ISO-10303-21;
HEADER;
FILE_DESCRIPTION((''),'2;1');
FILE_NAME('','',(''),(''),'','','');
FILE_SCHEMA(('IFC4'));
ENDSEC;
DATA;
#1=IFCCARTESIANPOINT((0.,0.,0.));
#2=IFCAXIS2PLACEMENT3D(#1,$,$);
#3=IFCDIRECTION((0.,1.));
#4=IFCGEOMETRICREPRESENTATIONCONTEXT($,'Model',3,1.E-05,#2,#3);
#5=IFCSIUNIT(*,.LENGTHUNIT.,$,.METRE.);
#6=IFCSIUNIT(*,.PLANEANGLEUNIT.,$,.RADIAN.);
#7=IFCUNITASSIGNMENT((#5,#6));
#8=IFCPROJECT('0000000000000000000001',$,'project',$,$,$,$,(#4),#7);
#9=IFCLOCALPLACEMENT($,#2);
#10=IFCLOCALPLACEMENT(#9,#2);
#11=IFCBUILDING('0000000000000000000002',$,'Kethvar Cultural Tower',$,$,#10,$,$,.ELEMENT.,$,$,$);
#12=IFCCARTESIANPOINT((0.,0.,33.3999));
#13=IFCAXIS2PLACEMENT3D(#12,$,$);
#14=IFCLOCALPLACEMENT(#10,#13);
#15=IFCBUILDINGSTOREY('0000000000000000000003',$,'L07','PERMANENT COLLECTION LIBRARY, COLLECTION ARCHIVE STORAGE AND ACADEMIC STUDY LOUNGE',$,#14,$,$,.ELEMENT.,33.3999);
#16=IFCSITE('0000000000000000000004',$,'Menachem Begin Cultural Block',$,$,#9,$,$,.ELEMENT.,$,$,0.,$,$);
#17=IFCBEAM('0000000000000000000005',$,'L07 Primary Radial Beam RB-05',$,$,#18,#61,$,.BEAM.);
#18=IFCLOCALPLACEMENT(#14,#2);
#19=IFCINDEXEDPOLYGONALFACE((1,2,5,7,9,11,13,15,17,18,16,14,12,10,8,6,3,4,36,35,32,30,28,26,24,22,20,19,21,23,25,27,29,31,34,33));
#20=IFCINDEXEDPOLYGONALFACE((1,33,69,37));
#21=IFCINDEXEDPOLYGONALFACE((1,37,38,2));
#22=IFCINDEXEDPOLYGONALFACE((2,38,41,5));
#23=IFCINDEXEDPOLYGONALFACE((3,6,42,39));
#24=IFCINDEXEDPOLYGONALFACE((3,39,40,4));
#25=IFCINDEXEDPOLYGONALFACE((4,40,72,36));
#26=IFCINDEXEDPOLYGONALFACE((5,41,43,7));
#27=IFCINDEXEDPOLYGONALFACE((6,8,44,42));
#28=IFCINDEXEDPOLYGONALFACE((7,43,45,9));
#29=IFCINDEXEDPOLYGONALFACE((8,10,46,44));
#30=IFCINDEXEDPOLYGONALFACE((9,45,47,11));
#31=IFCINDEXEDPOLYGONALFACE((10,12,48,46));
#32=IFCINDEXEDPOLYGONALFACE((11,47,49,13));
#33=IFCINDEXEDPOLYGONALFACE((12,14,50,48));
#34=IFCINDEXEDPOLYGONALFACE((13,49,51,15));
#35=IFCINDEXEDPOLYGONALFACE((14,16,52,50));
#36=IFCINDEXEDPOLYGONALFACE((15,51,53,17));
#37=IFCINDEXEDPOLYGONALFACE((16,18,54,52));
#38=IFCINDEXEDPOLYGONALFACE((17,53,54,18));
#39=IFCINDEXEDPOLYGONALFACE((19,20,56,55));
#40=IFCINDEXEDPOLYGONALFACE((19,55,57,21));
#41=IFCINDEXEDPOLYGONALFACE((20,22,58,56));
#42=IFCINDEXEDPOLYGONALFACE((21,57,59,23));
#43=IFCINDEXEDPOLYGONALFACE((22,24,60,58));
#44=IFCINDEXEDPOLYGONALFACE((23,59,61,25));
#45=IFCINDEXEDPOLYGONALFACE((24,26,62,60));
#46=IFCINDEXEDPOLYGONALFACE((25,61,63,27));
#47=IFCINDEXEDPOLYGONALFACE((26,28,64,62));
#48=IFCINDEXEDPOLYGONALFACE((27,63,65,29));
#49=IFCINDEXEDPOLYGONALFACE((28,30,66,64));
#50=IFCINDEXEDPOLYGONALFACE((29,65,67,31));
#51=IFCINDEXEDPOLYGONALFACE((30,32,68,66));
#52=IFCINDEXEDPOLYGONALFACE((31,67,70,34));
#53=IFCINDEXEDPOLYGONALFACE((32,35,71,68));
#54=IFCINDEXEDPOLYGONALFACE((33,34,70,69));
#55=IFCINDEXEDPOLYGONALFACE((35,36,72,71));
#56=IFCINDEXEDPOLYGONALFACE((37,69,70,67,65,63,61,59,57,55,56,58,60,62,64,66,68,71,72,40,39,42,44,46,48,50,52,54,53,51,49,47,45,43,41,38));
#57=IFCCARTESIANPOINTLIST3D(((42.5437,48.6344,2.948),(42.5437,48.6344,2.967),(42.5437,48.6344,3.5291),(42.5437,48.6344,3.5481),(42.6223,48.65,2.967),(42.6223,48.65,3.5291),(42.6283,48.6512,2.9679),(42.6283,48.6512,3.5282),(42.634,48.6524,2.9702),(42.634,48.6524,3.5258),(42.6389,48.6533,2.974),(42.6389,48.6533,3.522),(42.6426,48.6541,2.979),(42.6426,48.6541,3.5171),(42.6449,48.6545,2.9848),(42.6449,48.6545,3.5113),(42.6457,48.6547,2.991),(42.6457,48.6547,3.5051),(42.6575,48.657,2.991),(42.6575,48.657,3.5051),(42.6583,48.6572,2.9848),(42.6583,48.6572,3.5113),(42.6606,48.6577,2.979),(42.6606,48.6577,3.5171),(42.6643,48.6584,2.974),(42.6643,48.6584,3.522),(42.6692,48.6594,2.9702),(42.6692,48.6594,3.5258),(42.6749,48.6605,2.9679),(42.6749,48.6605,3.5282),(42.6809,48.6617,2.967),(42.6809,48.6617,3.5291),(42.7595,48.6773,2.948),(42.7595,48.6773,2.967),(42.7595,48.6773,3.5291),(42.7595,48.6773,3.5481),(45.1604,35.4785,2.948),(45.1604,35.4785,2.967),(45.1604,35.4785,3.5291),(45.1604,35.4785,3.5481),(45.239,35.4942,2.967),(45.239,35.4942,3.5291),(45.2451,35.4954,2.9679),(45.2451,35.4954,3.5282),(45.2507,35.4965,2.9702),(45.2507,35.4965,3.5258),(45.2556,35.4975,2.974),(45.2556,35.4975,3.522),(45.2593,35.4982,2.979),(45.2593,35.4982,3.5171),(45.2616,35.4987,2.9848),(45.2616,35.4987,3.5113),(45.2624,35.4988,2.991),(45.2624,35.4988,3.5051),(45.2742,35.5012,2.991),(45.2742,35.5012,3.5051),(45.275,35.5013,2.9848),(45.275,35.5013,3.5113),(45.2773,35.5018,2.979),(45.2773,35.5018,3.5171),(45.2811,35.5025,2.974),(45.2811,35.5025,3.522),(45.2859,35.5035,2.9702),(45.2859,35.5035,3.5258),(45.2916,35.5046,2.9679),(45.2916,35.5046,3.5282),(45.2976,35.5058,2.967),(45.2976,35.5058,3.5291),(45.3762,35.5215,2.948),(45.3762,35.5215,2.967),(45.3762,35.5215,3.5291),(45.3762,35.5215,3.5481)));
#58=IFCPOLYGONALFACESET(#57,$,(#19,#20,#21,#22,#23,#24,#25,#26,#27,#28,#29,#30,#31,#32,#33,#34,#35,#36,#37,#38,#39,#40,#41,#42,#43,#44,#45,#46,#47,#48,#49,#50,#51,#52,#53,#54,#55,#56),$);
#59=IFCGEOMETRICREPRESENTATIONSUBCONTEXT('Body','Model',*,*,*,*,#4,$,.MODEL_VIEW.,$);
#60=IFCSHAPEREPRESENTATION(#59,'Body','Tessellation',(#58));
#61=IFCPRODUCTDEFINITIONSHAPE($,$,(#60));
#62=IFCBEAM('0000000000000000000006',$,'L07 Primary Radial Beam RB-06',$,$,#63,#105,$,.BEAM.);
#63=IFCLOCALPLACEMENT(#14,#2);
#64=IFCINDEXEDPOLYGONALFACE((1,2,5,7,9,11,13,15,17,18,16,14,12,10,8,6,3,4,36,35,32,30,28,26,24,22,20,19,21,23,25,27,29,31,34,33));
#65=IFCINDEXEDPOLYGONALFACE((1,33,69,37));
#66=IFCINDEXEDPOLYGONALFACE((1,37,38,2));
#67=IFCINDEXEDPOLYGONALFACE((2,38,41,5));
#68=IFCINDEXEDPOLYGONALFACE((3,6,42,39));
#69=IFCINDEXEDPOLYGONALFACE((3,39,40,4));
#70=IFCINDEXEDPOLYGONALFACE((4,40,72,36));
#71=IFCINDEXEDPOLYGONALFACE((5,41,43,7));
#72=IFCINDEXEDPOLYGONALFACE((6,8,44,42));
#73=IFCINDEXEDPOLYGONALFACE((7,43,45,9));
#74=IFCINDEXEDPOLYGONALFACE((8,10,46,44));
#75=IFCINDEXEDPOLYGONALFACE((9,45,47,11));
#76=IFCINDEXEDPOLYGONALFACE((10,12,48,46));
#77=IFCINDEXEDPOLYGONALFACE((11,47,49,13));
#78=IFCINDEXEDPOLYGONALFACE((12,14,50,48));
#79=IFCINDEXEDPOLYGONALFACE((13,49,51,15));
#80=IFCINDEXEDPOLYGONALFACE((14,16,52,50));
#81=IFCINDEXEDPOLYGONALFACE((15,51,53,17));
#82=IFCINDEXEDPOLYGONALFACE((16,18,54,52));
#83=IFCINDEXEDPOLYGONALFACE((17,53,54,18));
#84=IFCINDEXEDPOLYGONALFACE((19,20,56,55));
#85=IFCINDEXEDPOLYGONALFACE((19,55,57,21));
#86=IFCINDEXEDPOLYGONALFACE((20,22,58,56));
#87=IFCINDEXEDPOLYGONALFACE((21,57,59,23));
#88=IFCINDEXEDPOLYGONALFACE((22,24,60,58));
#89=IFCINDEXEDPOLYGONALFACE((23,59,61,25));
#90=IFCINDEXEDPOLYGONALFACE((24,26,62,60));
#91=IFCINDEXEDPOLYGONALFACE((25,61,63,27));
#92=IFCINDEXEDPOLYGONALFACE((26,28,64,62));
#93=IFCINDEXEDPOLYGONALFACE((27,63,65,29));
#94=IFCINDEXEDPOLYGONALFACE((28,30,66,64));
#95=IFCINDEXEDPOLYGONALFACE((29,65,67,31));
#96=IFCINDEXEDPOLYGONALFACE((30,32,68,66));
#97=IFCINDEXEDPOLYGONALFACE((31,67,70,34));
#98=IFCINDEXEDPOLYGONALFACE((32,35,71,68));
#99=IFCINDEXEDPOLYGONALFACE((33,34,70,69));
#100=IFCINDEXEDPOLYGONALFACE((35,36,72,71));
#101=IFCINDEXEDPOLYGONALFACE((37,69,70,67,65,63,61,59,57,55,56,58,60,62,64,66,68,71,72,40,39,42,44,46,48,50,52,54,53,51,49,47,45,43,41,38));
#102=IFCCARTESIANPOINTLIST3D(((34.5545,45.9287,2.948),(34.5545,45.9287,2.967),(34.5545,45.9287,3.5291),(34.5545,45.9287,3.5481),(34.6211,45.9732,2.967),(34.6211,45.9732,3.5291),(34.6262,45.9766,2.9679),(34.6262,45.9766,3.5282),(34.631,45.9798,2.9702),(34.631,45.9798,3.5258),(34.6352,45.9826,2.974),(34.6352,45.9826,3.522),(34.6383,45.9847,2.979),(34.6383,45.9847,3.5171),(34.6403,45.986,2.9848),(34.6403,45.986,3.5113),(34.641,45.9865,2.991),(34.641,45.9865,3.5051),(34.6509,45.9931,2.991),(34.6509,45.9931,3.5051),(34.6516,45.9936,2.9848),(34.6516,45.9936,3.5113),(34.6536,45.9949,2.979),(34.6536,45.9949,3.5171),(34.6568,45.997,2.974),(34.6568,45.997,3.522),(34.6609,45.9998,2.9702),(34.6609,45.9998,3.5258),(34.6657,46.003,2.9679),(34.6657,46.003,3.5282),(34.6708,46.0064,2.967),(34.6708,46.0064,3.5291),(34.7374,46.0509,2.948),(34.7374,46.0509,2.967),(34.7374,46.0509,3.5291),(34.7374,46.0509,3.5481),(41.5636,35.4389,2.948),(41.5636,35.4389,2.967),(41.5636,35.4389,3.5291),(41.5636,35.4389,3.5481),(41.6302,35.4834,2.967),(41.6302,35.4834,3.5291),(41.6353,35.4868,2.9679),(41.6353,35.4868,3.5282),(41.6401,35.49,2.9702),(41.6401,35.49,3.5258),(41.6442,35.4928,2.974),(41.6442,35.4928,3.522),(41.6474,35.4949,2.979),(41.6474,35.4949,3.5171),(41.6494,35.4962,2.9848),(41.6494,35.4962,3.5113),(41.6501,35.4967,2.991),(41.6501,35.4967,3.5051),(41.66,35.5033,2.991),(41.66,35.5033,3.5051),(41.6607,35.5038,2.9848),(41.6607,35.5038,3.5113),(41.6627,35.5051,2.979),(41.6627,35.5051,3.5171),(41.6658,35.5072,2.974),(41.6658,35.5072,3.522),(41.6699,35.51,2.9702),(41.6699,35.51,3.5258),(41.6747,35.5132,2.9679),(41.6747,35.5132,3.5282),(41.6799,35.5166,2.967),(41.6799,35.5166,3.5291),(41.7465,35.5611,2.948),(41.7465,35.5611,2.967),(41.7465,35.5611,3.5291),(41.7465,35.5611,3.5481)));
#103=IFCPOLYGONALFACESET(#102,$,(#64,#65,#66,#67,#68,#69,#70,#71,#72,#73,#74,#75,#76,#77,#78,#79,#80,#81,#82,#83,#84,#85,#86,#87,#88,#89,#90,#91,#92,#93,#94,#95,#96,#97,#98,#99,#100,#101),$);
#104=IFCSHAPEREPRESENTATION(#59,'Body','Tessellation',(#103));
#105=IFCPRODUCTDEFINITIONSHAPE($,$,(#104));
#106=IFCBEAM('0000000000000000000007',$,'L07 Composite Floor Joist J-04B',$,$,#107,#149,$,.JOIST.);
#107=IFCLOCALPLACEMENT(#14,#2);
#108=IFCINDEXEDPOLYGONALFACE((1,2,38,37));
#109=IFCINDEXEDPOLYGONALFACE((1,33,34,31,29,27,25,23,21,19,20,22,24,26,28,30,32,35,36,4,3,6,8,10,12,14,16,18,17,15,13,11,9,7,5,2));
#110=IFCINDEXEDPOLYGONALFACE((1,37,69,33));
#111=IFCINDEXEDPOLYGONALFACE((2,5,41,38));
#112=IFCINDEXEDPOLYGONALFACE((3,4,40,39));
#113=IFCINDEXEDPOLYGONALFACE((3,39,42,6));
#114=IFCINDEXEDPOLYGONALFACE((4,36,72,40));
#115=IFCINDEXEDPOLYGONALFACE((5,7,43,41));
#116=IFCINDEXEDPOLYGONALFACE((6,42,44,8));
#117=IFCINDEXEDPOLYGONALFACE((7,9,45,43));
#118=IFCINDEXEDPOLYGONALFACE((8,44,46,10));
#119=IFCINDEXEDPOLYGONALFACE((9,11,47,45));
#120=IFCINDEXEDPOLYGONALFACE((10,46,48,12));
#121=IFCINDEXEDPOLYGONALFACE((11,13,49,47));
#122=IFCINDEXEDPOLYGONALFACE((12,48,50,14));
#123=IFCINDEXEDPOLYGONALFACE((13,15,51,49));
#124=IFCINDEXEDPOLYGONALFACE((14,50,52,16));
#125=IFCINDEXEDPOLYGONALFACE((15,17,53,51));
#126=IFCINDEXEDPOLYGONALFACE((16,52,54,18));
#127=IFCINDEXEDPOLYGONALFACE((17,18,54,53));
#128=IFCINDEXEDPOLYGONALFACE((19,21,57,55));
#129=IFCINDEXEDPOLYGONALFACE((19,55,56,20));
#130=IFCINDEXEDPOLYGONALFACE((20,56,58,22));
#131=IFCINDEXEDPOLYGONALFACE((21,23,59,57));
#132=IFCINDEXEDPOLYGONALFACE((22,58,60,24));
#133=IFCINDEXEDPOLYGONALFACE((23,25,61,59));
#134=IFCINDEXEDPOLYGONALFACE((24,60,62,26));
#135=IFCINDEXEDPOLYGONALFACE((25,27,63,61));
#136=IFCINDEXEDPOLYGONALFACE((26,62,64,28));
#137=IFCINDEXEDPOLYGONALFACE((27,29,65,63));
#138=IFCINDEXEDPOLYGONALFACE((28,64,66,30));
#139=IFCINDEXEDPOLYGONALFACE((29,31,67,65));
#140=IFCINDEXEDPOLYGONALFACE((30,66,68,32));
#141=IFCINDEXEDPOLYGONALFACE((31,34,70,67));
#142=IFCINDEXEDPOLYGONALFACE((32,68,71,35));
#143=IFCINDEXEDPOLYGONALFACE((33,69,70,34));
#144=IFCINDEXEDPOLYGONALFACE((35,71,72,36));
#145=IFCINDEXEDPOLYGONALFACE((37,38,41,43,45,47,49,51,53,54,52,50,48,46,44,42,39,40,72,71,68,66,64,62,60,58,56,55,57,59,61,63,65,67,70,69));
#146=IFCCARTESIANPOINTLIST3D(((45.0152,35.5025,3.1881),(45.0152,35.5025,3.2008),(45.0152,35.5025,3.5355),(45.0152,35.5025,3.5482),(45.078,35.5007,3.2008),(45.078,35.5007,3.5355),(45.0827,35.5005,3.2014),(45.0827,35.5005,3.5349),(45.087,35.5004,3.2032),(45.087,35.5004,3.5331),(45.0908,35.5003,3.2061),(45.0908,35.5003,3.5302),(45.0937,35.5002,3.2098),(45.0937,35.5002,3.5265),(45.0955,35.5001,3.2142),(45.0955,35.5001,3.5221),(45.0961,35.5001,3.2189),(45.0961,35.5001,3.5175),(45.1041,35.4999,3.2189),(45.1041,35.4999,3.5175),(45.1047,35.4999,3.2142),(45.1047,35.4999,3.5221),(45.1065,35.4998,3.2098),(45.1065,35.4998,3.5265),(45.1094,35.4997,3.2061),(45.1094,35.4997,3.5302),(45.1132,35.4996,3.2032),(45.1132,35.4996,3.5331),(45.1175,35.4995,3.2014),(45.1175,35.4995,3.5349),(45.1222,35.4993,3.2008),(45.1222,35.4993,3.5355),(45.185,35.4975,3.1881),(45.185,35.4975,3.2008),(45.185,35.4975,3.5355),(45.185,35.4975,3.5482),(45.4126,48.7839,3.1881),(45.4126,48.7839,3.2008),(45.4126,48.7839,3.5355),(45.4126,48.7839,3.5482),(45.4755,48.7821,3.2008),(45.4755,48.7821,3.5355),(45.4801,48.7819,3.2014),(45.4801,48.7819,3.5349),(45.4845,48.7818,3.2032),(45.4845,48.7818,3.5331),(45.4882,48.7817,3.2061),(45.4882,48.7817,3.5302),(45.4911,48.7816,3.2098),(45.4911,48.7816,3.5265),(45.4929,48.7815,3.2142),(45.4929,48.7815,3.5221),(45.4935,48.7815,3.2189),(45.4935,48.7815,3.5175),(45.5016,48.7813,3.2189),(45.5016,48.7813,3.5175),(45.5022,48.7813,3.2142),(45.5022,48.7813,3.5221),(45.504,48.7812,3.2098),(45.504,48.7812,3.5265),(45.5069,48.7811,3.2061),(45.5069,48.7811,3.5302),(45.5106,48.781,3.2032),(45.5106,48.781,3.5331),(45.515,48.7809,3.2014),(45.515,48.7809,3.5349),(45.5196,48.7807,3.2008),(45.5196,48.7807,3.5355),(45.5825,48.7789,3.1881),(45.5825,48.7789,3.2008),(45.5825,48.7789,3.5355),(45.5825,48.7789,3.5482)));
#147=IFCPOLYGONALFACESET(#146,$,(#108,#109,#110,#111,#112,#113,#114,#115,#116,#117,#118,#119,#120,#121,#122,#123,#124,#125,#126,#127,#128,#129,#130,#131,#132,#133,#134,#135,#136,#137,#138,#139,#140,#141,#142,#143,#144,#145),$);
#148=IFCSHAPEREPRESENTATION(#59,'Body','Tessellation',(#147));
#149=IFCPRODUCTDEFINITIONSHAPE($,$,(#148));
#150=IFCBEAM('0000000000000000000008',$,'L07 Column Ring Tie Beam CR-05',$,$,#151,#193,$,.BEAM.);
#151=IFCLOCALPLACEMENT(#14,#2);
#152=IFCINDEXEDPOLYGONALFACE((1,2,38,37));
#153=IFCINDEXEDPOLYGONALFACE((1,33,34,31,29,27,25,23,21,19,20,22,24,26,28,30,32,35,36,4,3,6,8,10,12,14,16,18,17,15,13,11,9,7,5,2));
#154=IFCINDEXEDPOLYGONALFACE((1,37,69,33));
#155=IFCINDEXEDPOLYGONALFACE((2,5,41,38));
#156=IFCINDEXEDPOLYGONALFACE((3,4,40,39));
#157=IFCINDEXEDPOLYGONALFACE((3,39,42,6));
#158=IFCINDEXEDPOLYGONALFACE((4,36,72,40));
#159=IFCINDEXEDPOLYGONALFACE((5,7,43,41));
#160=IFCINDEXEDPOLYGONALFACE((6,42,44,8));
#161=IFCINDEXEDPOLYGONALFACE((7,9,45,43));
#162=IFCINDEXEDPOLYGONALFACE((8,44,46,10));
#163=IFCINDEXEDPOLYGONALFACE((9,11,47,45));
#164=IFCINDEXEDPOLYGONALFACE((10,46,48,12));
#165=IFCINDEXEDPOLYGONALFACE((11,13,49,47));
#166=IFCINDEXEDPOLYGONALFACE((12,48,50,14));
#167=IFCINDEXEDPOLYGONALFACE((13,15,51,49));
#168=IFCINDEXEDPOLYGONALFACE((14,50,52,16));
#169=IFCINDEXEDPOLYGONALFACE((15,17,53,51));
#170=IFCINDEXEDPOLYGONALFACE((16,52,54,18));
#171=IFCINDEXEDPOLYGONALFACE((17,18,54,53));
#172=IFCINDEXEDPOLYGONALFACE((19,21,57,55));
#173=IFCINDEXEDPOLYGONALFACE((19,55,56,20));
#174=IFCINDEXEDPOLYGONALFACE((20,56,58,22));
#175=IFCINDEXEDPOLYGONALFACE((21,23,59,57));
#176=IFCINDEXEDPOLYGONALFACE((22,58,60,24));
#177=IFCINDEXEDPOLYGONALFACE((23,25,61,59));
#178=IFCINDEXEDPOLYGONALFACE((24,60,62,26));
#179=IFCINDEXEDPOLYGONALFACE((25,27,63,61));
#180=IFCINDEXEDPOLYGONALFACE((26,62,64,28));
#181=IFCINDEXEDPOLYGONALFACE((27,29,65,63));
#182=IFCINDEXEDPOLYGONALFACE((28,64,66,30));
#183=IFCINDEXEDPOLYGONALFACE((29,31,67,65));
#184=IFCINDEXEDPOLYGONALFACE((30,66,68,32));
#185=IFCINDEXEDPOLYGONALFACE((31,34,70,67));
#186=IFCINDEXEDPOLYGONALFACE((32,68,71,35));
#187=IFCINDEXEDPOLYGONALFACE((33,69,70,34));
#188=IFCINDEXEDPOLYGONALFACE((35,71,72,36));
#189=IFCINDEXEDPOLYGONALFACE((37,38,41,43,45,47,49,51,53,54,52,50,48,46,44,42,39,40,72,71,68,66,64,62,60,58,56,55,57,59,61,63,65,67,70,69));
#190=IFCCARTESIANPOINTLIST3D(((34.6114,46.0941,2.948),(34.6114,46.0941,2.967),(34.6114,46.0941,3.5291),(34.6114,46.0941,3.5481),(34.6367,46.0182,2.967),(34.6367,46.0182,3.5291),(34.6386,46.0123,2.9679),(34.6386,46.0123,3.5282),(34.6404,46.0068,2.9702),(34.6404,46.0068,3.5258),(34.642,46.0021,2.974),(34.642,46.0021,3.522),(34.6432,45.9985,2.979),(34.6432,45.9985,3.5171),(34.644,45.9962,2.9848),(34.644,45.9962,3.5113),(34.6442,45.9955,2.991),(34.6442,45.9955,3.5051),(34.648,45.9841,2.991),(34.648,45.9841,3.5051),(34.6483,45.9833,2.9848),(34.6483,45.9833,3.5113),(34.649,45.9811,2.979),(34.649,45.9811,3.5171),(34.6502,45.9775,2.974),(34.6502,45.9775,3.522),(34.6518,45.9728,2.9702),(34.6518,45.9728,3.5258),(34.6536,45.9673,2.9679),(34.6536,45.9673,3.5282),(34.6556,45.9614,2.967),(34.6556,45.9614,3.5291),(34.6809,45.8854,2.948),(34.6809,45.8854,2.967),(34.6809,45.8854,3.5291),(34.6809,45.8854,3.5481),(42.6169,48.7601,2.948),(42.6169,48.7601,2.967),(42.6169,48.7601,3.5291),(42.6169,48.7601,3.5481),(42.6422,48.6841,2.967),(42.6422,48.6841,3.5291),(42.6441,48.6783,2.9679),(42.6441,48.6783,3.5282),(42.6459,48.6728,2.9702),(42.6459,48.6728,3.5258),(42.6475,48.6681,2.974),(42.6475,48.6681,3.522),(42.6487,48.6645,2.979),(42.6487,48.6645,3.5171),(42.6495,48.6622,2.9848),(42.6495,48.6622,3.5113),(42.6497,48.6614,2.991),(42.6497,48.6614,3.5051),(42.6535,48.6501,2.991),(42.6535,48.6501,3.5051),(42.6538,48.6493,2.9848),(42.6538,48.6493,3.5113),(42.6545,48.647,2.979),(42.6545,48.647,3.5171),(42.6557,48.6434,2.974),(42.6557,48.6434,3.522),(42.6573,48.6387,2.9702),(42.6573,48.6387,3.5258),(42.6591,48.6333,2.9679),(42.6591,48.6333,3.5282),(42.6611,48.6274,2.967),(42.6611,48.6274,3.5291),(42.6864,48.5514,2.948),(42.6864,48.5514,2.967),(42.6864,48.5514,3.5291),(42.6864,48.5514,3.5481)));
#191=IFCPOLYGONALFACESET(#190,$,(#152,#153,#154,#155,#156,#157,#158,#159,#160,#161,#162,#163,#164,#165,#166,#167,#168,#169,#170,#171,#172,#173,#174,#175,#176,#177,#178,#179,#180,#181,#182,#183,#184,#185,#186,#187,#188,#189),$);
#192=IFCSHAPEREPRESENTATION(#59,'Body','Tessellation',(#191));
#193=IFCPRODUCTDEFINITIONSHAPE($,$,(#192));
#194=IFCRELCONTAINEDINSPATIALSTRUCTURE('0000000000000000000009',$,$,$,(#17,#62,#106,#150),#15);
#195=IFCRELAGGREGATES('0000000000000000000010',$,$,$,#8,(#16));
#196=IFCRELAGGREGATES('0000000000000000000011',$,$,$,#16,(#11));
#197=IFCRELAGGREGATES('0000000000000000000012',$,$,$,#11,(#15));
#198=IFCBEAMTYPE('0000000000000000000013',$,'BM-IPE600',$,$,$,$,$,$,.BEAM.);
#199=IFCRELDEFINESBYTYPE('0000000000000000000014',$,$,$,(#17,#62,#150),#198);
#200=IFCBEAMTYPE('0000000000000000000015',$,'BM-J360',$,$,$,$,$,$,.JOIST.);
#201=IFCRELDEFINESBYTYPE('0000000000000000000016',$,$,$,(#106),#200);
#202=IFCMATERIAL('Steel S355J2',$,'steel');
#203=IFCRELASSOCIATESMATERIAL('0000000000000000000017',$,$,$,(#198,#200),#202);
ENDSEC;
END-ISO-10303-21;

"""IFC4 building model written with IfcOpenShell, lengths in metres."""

from ifc_helpers import new_model, si_unit, direction, frame, origin, origin_2d, place, context, subcontext, project, spatial, i_section, extrude, source, transform, mapped, material, material_profile, profile_set, type_object, element, save


model = new_model("IFC4")

# Units and contexts
model_context = context("Model", 3, precision=1e-05, world=origin(), true_north=direction((0.0, 1.0)))
body_context = subcontext(model_context, "Body", "Model", "MODEL_VIEW")
ifc_project = project(units=[si_unit("LENGTHUNIT", "METRE"), si_unit("PLANEANGLEUNIT", "RADIAN")], contexts=[model_context])

# Site, building, storey
site_placement = place(None, origin())
site = spatial("IfcSite", under=ifc_project, at=site_placement, Name="Menachem Begin Cultural Block", CompositionType="ELEMENT", RefElevation=0.0)
building_placement = place(site_placement, origin())
building = spatial("IfcBuilding", under=site, at=building_placement, Name="Kethvar Cultural Tower", CompositionType="ELEMENT")
storey_placement = place(building_placement, frame((0.0, 0.0, 33.3999)))
storey = spatial("IfcBuildingStorey", under=building, at=storey_placement, Name="L07", Description="PERMANENT COLLECTION LIBRARY, COLLECTION ARCHIVE STORAGE AND ACADEMIC STUDY LOUNGE", CompositionType="ELEMENT", Elevation=33.3999)

# Beams
ifc_material_1 = material(Name="Steel S355J2", Category="steel")
ifc_material_profile_1 = material_profile(ifc_material_1, i_section(OverallWidth=0.22, OverallDepth=0.6001, WebThickness=0.012, FlangeThickness=0.019, FilletRadius=0.0239, at=origin_2d()), Name="Steel S355J2 — IPE600")
ifc_profile_set_1 = profile_set([ifc_material_profile_1], Name="Steel S355J2 — IPE600")
beam_type_1 = type_object("IfcBeamType", Name="BM-IPE600", PredefinedType="BEAM", material=ifc_profile_set_1)
shared_shape_1 = source(origin(), body_context, "Body", "SweptSolid", [
    extrude(i_section(OverallWidth=0.22, OverallDepth=0.6001, WebThickness=0.012, FlangeThickness=0.019, FilletRadius=0.0239, at=origin_2d()), origin(), (0.0, 0.0, 1.0), 13.4136),
])
beam_1_placement = place(storey_placement, frame((45.2683, 35.5, 3.248), z_axis=(-0.19508, 0.980787, 0.0), x_axis=(-0.980787, -0.19508, 0.0)))
element("IfcBeam", 1, at=beam_1_placement, inside=storey, type_object=beam_type_1, Name="L07 Primary Radial Beam RB-05", PredefinedType="BEAM", context=body_context, shape_type="MappedRepresentation", body=[
    mapped(shared_shape_1, transform((0.0, 0.0, 0.0), scale=1.0)),
])
shared_shape_2 = source(origin(), body_context, "Body", "SweptSolid", [
    extrude(i_section(OverallWidth=0.22, OverallDepth=0.6001, WebThickness=0.012, FlangeThickness=0.019, FilletRadius=0.0239, at=origin_2d()), origin(), (0.0, 0.0, 1.0), 12.616),
])
beam_2_placement = place(storey_placement, frame((41.655, 35.5, 3.248), z_axis=(-0.555571, 0.831469, 0.0), x_axis=(-0.831469, -0.555571, 0.0)))
element("IfcBeam", 2, at=beam_2_placement, inside=storey, type_object=beam_type_1, Name="L07 Primary Radial Beam RB-06", PredefinedType="BEAM", context=body_context, shape_type="MappedRepresentation", body=[
    mapped(shared_shape_2, transform((0.0, 0.0, 0.0), scale=1.0)),
])
ifc_material_profile_2 = material_profile(ifc_material_1, i_section(OverallWidth=0.1699, OverallDepth=0.3601, WebThickness=0.0081, FlangeThickness=0.0127, FilletRadius=0.0181, at=origin_2d()), Name="Steel S355J2 — IPE360")
ifc_profile_set_2 = profile_set([ifc_material_profile_2], Name="Steel S355J2 — IPE360")
beam_type_2 = type_object("IfcBeamType", Name="BM-J360", PredefinedType="JOIST", material=ifc_profile_set_2)
shared_shape_3 = source(origin(), body_context, "Body", "SweptSolid", [
    extrude(i_section(OverallWidth=0.1699, OverallDepth=0.3601, WebThickness=0.0081, FlangeThickness=0.0127, FilletRadius=0.0181, at=origin_2d()), origin(), (0.0, 0.0, 1.0), 13.2874),
])
beam_3_placement = place(storey_placement, frame((45.1001, 35.5, 3.3682), z_axis=(0.029913, 0.999553, 0.0), x_axis=(-0.999553, 0.029913, 0.0)))
element("IfcBeam", 3, at=beam_3_placement, inside=storey, type_object=beam_type_2, Name="L07 Composite Floor Joist J-04B", PredefinedType="JOIST", context=body_context, shape_type="MappedRepresentation", body=[
    mapped(shared_shape_3, transform((0.0, 0.0, 0.0), scale=1.0)),
])
shared_shape_4 = source(origin(), body_context, "Body", "SweptSolid", [
    extrude(i_section(OverallWidth=0.22, OverallDepth=0.6001, WebThickness=0.012, FlangeThickness=0.019, FilletRadius=0.0239, at=origin_2d()), origin(), (0.0, 0.0, 1.0), 8.4377),
])
beam_4_placement = place(storey_placement, frame((42.6516, 48.6558, 3.248), z_axis=(-0.948773, -0.315959, 0.0), x_axis=(0.315959, -0.948773, 0.0)))
element("IfcBeam", 4, at=beam_4_placement, inside=storey, type_object=beam_type_1, Name="L07 Column Ring Tie Beam CR-05", PredefinedType="BEAM", context=body_context, shape_type="MappedRepresentation", body=[
    mapped(shared_shape_4, transform((0.0, 0.0, 0.0), scale=1.0)),
])

save(model, "model.ifc")
